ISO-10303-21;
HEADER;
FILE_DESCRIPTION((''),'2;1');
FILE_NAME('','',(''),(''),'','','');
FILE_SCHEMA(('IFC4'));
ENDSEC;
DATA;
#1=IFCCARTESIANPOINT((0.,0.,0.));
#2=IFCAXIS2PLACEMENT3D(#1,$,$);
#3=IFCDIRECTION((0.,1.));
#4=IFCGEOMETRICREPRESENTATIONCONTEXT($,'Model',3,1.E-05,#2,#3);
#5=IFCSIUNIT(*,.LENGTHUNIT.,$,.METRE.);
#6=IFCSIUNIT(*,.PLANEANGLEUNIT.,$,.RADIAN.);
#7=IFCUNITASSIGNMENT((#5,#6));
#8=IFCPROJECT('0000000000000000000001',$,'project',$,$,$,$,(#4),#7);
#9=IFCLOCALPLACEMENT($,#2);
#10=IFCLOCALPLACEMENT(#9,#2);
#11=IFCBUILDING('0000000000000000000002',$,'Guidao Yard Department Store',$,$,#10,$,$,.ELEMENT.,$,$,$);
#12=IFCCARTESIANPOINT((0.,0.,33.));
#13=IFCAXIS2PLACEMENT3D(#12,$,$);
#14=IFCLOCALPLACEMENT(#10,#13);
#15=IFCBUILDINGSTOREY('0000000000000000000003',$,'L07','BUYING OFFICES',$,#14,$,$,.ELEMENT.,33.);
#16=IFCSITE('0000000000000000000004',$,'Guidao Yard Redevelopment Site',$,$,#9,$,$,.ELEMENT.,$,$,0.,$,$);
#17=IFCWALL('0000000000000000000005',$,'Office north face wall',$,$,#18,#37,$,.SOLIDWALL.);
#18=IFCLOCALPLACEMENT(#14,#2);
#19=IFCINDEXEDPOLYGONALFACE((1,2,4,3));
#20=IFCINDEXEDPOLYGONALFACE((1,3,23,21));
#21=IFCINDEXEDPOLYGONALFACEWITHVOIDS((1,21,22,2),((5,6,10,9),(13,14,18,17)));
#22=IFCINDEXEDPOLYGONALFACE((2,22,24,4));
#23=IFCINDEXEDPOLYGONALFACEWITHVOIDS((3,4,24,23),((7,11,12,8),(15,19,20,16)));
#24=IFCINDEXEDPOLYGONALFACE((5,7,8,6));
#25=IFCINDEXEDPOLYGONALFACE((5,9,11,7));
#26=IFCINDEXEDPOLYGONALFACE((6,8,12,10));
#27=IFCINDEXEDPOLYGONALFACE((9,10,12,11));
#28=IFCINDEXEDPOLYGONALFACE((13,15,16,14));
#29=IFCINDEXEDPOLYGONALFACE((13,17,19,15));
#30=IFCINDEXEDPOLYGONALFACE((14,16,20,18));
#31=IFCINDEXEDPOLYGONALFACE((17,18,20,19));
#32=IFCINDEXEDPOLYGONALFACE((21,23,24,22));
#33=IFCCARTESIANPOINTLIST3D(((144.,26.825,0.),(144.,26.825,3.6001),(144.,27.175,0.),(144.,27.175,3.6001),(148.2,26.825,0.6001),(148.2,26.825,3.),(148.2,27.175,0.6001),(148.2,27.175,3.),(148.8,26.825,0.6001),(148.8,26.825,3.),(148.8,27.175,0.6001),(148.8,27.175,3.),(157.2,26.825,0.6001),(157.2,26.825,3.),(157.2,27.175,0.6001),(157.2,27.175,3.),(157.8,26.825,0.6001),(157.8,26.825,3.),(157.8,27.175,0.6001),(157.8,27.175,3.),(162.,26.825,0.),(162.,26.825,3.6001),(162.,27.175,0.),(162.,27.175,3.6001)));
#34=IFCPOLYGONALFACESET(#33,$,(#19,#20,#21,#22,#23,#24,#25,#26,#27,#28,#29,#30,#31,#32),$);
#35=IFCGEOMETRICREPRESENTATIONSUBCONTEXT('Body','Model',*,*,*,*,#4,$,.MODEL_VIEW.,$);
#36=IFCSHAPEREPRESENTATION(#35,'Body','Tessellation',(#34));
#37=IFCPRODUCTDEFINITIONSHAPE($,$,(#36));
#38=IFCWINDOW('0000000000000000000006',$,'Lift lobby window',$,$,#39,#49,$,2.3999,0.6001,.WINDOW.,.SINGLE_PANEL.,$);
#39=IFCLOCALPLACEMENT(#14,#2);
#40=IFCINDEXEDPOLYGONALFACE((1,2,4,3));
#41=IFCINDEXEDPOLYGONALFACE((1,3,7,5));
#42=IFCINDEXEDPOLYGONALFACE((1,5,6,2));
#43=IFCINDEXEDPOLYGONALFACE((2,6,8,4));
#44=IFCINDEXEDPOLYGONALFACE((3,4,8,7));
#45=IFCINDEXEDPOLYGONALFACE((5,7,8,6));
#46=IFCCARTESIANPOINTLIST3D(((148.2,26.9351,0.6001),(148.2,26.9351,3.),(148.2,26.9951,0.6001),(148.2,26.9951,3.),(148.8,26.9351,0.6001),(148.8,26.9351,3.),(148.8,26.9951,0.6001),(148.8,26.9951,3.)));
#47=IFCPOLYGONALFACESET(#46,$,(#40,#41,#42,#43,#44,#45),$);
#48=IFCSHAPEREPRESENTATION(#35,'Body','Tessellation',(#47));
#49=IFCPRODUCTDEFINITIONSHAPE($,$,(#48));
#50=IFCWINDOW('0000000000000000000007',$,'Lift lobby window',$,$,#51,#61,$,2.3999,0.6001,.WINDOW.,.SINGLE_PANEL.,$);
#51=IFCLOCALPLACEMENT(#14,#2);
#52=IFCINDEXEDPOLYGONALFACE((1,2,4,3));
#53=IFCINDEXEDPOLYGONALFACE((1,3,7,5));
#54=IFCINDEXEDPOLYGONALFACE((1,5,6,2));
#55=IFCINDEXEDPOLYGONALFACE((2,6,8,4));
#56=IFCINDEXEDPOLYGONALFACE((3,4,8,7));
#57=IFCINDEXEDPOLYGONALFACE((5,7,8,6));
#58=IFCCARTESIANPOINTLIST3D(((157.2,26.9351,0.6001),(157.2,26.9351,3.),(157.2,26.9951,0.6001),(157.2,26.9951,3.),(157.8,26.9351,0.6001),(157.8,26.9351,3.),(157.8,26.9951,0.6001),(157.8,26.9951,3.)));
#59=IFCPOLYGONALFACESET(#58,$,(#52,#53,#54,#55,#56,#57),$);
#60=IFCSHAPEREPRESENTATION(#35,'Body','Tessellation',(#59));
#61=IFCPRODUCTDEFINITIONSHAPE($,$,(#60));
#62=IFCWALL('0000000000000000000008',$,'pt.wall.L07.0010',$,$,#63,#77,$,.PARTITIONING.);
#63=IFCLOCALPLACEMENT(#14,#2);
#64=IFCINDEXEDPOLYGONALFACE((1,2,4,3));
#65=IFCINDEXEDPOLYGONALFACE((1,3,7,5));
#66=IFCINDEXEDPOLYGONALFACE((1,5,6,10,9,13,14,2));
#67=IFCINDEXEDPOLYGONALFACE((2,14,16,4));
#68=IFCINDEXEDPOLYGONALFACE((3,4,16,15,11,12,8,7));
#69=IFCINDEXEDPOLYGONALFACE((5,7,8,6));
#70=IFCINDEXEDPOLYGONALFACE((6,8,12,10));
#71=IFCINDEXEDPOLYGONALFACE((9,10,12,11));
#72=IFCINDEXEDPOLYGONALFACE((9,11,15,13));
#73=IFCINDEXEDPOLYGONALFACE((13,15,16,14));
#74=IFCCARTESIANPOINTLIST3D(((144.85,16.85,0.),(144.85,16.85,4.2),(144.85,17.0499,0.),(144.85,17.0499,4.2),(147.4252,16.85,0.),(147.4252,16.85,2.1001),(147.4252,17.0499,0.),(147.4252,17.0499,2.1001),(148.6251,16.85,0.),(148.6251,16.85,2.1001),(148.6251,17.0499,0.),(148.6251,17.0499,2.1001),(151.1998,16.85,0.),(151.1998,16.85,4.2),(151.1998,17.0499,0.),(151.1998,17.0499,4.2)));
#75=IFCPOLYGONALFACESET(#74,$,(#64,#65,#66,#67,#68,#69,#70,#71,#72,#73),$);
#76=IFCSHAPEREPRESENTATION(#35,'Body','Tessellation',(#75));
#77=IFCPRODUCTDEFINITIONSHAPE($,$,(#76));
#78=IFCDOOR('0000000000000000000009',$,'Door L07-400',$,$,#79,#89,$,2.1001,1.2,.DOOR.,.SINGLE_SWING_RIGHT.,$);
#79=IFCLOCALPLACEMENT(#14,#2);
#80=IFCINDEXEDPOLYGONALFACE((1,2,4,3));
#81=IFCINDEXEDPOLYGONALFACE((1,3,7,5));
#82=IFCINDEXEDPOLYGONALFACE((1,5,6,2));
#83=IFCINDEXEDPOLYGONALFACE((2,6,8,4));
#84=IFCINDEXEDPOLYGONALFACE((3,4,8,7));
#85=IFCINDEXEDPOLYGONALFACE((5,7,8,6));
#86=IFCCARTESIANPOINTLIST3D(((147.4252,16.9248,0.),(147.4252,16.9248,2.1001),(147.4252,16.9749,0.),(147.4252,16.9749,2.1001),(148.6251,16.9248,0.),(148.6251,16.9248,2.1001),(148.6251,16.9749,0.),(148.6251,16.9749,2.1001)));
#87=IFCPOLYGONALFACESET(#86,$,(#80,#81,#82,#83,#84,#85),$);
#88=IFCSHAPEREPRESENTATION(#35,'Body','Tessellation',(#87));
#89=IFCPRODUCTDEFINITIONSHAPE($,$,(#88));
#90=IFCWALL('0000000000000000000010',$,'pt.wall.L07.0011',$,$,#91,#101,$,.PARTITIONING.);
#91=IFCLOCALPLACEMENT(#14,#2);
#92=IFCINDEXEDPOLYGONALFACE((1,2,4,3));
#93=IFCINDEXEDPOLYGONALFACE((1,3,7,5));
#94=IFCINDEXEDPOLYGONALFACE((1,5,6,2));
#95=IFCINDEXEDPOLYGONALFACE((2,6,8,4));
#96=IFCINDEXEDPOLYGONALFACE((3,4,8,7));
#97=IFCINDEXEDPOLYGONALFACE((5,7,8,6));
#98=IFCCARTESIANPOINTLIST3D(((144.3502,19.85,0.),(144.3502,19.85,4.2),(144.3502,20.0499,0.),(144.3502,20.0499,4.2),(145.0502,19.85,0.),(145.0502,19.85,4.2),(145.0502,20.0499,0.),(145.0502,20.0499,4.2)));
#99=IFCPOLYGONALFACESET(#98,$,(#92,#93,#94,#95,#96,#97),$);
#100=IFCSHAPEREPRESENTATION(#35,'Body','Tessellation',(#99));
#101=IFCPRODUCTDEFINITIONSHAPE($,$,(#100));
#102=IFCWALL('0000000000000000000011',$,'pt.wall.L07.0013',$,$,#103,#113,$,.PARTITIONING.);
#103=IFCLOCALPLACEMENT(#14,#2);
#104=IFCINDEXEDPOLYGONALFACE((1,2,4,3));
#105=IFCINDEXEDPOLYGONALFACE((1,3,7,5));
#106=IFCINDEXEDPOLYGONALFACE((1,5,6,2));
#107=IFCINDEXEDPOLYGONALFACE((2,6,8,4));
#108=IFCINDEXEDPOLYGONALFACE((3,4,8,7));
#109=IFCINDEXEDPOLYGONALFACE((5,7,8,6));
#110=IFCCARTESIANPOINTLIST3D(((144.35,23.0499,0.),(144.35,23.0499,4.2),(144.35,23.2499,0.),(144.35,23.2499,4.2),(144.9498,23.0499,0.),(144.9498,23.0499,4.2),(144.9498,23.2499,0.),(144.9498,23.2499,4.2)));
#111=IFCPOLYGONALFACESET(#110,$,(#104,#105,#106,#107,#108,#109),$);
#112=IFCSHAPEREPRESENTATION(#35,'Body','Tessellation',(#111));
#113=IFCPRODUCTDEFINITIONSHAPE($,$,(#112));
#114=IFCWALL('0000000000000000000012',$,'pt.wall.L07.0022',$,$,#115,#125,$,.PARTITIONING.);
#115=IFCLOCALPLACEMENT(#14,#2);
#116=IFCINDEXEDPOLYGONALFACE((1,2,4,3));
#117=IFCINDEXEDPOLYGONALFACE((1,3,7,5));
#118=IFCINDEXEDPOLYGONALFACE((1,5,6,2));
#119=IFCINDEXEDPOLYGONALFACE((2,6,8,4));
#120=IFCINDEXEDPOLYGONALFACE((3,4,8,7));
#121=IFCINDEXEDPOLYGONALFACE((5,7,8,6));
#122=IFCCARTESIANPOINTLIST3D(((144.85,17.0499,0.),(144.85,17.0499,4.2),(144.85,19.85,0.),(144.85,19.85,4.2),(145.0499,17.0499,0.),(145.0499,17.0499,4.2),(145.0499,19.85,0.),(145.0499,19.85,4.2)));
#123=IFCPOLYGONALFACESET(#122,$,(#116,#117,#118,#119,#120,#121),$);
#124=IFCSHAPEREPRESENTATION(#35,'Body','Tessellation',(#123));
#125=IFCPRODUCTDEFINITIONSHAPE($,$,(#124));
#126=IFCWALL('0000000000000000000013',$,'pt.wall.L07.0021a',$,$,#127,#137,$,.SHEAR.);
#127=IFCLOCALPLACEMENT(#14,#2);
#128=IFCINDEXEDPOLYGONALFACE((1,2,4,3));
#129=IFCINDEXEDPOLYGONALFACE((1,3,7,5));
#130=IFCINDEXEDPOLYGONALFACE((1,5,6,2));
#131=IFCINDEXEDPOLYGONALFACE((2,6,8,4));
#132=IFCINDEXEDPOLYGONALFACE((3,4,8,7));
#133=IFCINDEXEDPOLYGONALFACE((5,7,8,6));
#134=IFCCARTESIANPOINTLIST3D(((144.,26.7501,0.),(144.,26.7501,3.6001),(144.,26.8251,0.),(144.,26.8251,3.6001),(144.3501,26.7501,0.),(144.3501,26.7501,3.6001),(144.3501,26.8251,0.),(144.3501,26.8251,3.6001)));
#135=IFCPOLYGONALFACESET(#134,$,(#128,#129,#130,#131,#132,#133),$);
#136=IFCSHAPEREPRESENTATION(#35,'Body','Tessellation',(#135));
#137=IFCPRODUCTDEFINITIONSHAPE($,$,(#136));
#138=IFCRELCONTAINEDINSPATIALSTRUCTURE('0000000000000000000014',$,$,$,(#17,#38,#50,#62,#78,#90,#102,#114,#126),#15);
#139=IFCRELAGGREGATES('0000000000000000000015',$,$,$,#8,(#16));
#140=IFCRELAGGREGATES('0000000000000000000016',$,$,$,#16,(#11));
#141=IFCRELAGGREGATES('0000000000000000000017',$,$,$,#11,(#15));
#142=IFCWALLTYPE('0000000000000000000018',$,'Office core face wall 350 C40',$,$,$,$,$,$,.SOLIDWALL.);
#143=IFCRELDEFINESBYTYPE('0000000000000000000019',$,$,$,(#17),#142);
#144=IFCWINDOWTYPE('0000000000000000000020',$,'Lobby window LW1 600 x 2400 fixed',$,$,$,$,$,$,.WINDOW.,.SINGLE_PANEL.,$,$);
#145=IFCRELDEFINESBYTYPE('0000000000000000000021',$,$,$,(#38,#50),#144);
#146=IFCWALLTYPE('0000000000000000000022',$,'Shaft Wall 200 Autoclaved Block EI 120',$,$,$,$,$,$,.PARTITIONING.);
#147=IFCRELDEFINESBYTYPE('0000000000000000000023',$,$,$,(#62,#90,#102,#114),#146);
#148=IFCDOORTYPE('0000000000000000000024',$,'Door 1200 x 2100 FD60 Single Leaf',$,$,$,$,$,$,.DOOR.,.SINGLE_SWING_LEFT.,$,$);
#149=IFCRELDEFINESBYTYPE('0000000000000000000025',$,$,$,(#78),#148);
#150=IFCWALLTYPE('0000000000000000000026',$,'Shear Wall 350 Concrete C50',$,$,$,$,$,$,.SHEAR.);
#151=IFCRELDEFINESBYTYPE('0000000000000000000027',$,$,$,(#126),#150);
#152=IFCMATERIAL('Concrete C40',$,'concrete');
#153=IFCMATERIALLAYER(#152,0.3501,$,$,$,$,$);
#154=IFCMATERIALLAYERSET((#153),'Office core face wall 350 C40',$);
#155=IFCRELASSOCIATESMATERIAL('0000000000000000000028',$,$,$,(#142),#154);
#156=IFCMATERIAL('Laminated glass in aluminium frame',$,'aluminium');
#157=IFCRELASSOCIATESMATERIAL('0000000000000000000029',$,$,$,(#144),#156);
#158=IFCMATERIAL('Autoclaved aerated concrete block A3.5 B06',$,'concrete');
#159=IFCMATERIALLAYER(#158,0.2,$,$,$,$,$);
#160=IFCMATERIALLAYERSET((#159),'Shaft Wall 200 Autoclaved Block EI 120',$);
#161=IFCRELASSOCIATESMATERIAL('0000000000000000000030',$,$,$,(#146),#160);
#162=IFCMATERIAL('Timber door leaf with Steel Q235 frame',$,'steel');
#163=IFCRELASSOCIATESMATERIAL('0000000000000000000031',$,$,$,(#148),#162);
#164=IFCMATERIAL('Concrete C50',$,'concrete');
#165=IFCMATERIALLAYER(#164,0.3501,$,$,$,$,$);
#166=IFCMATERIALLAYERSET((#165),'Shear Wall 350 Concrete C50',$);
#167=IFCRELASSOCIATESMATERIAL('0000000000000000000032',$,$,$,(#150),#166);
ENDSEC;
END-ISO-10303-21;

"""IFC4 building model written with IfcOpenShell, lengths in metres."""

from ifc_helpers import new_model, si_unit, direction, frame, frame_2d, origin, place, context, subcontext, project, spatial, rectangle, extrude, material, layer, layer_set, type_object, element, fill, save


model = new_model("IFC4")

# Units and contexts
model_context = context("Model", 3, precision=1e-05, world=origin(), true_north=direction((0.0, 1.0)))
body_context = subcontext(model_context, "Body", "Model", "MODEL_VIEW")
ifc_project = project(units=[si_unit("LENGTHUNIT", "METRE"), si_unit("PLANEANGLEUNIT", "RADIAN")], contexts=[model_context])

# Site, building, storey
site_placement = place(None, origin())
site = spatial("IfcSite", under=ifc_project, at=site_placement, Name="Guidao Yard Redevelopment Site", CompositionType="ELEMENT", RefElevation=0.0)
building_placement = place(site_placement, origin())
building = spatial("IfcBuilding", under=site, at=building_placement, Name="Guidao Yard Department Store", CompositionType="ELEMENT")
storey_placement = place(building_placement, frame((0.0, 0.0, 33.0)))
storey = spatial("IfcBuildingStorey", under=building, at=storey_placement, Name="L07", Description="BUYING OFFICES", CompositionType="ELEMENT", Elevation=33.0)

# Wall, openings, windows
ifc_material_1 = material(Name="Concrete C40", Category="concrete")
ifc_layer_1 = layer(ifc_material_1, 0.3501)
ifc_layer_set_1 = layer_set([ifc_layer_1], Name="Office core face wall 350 C40")
wall_type_1 = type_object("IfcWallType", Name="Office core face wall 350 C40", PredefinedType="SOLIDWALL", material=ifc_layer_set_1)
wall_1_placement = place(storey_placement, frame((144.0, 27.0, 0.0), z_axis=(0.0, 0.0, 1.0), x_axis=(1.0, 0.0, 0.0)))
wall_1 = element("IfcWall", 1, at=wall_1_placement, inside=storey, type_object=wall_type_1, Name="Office north face wall", PredefinedType="SOLIDWALL", context=body_context, shape_type="SweptSolid", body=[
    extrude(rectangle(XDim=18.0, YDim=0.3501, at=frame_2d((9.0, 0.0))), origin(), (0.0, 0.0, 1.0), 3.6001),
])
opening_1_placement = place(wall_1_placement, frame((4.2, 0.0, 0.6001)))
opening_1 = element("IfcOpeningElement", 2, at=opening_1_placement, cuts=wall_1, PredefinedType="OPENING", context=body_context, shape_type="SweptSolid", body=[
    extrude(rectangle(XDim=0.6001, YDim=2.3999, at=frame_2d((0.3, 1.2))), frame((0.0, 0.1851, 0.0), z_axis=(0.0, -1.0, 0.0), x_axis=(1.0, 0.0, 0.0)), (0.0, 0.0, 1.0), 0.3701),
])
opening_2_placement = place(wall_1_placement, frame((13.2, 0.0, 0.6001)))
opening_2 = element("IfcOpeningElement", 3, at=opening_2_placement, cuts=wall_1, PredefinedType="OPENING", context=body_context, shape_type="SweptSolid", body=[
    extrude(rectangle(XDim=0.6001, YDim=2.3999, at=frame_2d((0.3, 1.2))), frame((0.0, 0.1851, 0.0), z_axis=(0.0, -1.0, 0.0), x_axis=(1.0, 0.0, 0.0)), (0.0, 0.0, 1.0), 0.3701),
])
ifc_material_2 = material(Name="Laminated glass in aluminium frame", Category="aluminium")
window_type = type_object("IfcWindowType", Name="Lobby window LW1 600 x 2400 fixed", PartitioningType="SINGLE_PANEL", PredefinedType="WINDOW", material=ifc_material_2)
window_1_placement = place(opening_1_placement, origin())
window_1 = element("IfcWindow", 4, at=window_1_placement, inside=storey, type_object=window_type, Name="Lift lobby window", OverallHeight=2.3999, OverallWidth=0.6001, PartitioningType="SINGLE_PANEL", PredefinedType="WINDOW", context=body_context, shape_type="SweptSolid", body=[
    extrude(rectangle(XDim=0.6001, YDim=2.3999, at=frame_2d((0.3, 1.2))), frame((0.0, -0.0049, 0.0), z_axis=(0.0, -1.0, 0.0), x_axis=(1.0, 0.0, 0.0)), (0.0, 0.0, 1.0), 0.0601),
])
fill(opening_1, window_1)
window_2_placement = place(opening_2_placement, origin())
window_2 = element("IfcWindow", 5, at=window_2_placement, inside=storey, type_object=window_type, Name="Lift lobby window", OverallHeight=2.3999, OverallWidth=0.6001, PartitioningType="SINGLE_PANEL", PredefinedType="WINDOW", context=body_context, shape_type="SweptSolid", body=[
    extrude(rectangle(XDim=0.6001, YDim=2.3999, at=frame_2d((0.3, 1.2))), frame((0.0, -0.0049, 0.0), z_axis=(0.0, -1.0, 0.0), x_axis=(1.0, 0.0, 0.0)), (0.0, 0.0, 1.0), 0.0601),
])
fill(opening_2, window_2)

# Wall, opening, door
ifc_material_3 = material(Name="Autoclaved aerated concrete block A3.5 B06", Category="concrete")
ifc_layer_2 = layer(ifc_material_3, 0.2)
ifc_layer_set_2 = layer_set([ifc_layer_2], Name="Shaft Wall 200 Autoclaved Block EI 120")
wall_type_2 = type_object("IfcWallType", Name="Shaft Wall 200 Autoclaved Block EI 120", PredefinedType="PARTITIONING", material=ifc_layer_set_2)
wall_2_placement = place(storey_placement, frame((144.8501, 16.95, 0.0), z_axis=(0.0, 0.0, 1.0), x_axis=(1.0, 0.0, 0.0)))
wall_2 = element("IfcWall", 6, at=wall_2_placement, inside=storey, type_object=wall_type_2, Name="pt.wall.L07.0010", PredefinedType="PARTITIONING", context=body_context, shape_type="SweptSolid", body=[
    extrude(rectangle(XDim=6.3499, YDim=0.2, at=frame_2d((3.1748, 0.0))), origin(), (0.0, 0.0, 1.0), 4.2),
])
opening_3_placement = place(wall_2_placement, frame((2.575, 0.0, 0.0)))
opening_3 = element("IfcOpeningElement", 7, at=opening_3_placement, cuts=wall_2, PredefinedType="OPENING", context=body_context, shape_type="SweptSolid", body=[
    extrude(rectangle(XDim=1.2, YDim=2.1001, at=frame_2d((0.6001, 1.05))), frame((0.0, 0.1099, 0.0), z_axis=(0.0, -1.0, 0.0), x_axis=(1.0, 0.0, 0.0)), (0.0, 0.0, 1.0), 0.22),
])
ifc_material_4 = material(Name="Timber door leaf with Steel Q235 frame", Category="steel")
door_type_1 = type_object("IfcDoorType", Name="Door 1200 x 2100 FD60 Single Leaf", OperationType="SINGLE_SWING_LEFT", PredefinedType="DOOR", material=ifc_material_4)
door_1_placement = place(opening_3_placement, origin())
door_1 = element("IfcDoor", 8, at=door_1_placement, inside=storey, type_object=door_type_1, Name="Door L07-400", OperationType="SINGLE_SWING_RIGHT", OverallHeight=2.1001, OverallWidth=1.2, PredefinedType="DOOR", context=body_context, shape_type="SweptSolid", body=[
    extrude(rectangle(XDim=1.2, YDim=2.1001, at=frame_2d((0.6001, 1.05))), frame((0.0, 0.0249, 0.0), z_axis=(0.0, -1.0, 0.0), x_axis=(1.0, 0.0, 0.0)), (0.0, 0.0, 1.0), 0.05),
])
fill(opening_3, door_1)

# Walls
wall_3_placement = place(storey_placement, frame((144.3501, 19.95, 0.0), z_axis=(0.0, 0.0, 1.0), x_axis=(1.0, 0.0, 0.0)))
element("IfcWall", 9, at=wall_3_placement, inside=storey, type_object=wall_type_2, Name="pt.wall.L07.0011", PredefinedType="PARTITIONING", context=body_context, shape_type="SweptSolid", body=[
    extrude(rectangle(XDim=0.7, YDim=0.2, at=frame_2d((0.3501, 0.0))), origin(), (0.0, 0.0, 1.0), 4.2),
])
wall_4_placement = place(storey_placement, frame((144.3501, 23.1499, 0.0), z_axis=(0.0, 0.0, 1.0), x_axis=(1.0, 0.0, 0.0)))
element("IfcWall", 10, at=wall_4_placement, inside=storey, type_object=wall_type_2, Name="pt.wall.L07.0013", PredefinedType="PARTITIONING", context=body_context, shape_type="SweptSolid", body=[
    extrude(rectangle(XDim=0.5999, YDim=0.2, at=frame_2d((0.2998, 0.0))), origin(), (0.0, 0.0, 1.0), 4.2),
])
wall_5_placement = place(storey_placement, frame((144.95, 17.05, 0.0), z_axis=(0.0, 0.0, 1.0), x_axis=(0.0, 1.0, 0.0)))
element("IfcWall", 11, at=wall_5_placement, inside=storey, type_object=wall_type_2, Name="pt.wall.L07.0022", PredefinedType="PARTITIONING", context=body_context, shape_type="SweptSolid", body=[
    extrude(rectangle(XDim=2.8, YDim=0.2, at=frame_2d((1.3999, 0.0))), origin(), (0.0, 0.0, 1.0), 4.2),
])
ifc_material_5 = material(Name="Concrete C50", Category="concrete")
ifc_layer_3 = layer(ifc_material_5, 0.3501)
ifc_layer_set_3 = layer_set([ifc_layer_3], Name="Shear Wall 350 Concrete C50")
wall_type_3 = type_object("IfcWallType", Name="Shear Wall 350 Concrete C50", PredefinedType="SHEAR", material=ifc_layer_set_3)
wall_6_placement = place(storey_placement, frame((144.175, 26.75, 0.0), z_axis=(0.0, 0.0, 1.0), x_axis=(0.0, 1.0, 0.0)))
element("IfcWall", 12, at=wall_6_placement, inside=storey, type_object=wall_type_3, Name="pt.wall.L07.0021a", PredefinedType="SHEAR", context=body_context, shape_type="SweptSolid", body=[
    extrude(rectangle(XDim=0.075, YDim=0.3501, at=frame_2d((0.0376, 0.0))), origin(), (0.0, 0.0, 1.0), 3.6001),
])

save(model, "model.ifc")
